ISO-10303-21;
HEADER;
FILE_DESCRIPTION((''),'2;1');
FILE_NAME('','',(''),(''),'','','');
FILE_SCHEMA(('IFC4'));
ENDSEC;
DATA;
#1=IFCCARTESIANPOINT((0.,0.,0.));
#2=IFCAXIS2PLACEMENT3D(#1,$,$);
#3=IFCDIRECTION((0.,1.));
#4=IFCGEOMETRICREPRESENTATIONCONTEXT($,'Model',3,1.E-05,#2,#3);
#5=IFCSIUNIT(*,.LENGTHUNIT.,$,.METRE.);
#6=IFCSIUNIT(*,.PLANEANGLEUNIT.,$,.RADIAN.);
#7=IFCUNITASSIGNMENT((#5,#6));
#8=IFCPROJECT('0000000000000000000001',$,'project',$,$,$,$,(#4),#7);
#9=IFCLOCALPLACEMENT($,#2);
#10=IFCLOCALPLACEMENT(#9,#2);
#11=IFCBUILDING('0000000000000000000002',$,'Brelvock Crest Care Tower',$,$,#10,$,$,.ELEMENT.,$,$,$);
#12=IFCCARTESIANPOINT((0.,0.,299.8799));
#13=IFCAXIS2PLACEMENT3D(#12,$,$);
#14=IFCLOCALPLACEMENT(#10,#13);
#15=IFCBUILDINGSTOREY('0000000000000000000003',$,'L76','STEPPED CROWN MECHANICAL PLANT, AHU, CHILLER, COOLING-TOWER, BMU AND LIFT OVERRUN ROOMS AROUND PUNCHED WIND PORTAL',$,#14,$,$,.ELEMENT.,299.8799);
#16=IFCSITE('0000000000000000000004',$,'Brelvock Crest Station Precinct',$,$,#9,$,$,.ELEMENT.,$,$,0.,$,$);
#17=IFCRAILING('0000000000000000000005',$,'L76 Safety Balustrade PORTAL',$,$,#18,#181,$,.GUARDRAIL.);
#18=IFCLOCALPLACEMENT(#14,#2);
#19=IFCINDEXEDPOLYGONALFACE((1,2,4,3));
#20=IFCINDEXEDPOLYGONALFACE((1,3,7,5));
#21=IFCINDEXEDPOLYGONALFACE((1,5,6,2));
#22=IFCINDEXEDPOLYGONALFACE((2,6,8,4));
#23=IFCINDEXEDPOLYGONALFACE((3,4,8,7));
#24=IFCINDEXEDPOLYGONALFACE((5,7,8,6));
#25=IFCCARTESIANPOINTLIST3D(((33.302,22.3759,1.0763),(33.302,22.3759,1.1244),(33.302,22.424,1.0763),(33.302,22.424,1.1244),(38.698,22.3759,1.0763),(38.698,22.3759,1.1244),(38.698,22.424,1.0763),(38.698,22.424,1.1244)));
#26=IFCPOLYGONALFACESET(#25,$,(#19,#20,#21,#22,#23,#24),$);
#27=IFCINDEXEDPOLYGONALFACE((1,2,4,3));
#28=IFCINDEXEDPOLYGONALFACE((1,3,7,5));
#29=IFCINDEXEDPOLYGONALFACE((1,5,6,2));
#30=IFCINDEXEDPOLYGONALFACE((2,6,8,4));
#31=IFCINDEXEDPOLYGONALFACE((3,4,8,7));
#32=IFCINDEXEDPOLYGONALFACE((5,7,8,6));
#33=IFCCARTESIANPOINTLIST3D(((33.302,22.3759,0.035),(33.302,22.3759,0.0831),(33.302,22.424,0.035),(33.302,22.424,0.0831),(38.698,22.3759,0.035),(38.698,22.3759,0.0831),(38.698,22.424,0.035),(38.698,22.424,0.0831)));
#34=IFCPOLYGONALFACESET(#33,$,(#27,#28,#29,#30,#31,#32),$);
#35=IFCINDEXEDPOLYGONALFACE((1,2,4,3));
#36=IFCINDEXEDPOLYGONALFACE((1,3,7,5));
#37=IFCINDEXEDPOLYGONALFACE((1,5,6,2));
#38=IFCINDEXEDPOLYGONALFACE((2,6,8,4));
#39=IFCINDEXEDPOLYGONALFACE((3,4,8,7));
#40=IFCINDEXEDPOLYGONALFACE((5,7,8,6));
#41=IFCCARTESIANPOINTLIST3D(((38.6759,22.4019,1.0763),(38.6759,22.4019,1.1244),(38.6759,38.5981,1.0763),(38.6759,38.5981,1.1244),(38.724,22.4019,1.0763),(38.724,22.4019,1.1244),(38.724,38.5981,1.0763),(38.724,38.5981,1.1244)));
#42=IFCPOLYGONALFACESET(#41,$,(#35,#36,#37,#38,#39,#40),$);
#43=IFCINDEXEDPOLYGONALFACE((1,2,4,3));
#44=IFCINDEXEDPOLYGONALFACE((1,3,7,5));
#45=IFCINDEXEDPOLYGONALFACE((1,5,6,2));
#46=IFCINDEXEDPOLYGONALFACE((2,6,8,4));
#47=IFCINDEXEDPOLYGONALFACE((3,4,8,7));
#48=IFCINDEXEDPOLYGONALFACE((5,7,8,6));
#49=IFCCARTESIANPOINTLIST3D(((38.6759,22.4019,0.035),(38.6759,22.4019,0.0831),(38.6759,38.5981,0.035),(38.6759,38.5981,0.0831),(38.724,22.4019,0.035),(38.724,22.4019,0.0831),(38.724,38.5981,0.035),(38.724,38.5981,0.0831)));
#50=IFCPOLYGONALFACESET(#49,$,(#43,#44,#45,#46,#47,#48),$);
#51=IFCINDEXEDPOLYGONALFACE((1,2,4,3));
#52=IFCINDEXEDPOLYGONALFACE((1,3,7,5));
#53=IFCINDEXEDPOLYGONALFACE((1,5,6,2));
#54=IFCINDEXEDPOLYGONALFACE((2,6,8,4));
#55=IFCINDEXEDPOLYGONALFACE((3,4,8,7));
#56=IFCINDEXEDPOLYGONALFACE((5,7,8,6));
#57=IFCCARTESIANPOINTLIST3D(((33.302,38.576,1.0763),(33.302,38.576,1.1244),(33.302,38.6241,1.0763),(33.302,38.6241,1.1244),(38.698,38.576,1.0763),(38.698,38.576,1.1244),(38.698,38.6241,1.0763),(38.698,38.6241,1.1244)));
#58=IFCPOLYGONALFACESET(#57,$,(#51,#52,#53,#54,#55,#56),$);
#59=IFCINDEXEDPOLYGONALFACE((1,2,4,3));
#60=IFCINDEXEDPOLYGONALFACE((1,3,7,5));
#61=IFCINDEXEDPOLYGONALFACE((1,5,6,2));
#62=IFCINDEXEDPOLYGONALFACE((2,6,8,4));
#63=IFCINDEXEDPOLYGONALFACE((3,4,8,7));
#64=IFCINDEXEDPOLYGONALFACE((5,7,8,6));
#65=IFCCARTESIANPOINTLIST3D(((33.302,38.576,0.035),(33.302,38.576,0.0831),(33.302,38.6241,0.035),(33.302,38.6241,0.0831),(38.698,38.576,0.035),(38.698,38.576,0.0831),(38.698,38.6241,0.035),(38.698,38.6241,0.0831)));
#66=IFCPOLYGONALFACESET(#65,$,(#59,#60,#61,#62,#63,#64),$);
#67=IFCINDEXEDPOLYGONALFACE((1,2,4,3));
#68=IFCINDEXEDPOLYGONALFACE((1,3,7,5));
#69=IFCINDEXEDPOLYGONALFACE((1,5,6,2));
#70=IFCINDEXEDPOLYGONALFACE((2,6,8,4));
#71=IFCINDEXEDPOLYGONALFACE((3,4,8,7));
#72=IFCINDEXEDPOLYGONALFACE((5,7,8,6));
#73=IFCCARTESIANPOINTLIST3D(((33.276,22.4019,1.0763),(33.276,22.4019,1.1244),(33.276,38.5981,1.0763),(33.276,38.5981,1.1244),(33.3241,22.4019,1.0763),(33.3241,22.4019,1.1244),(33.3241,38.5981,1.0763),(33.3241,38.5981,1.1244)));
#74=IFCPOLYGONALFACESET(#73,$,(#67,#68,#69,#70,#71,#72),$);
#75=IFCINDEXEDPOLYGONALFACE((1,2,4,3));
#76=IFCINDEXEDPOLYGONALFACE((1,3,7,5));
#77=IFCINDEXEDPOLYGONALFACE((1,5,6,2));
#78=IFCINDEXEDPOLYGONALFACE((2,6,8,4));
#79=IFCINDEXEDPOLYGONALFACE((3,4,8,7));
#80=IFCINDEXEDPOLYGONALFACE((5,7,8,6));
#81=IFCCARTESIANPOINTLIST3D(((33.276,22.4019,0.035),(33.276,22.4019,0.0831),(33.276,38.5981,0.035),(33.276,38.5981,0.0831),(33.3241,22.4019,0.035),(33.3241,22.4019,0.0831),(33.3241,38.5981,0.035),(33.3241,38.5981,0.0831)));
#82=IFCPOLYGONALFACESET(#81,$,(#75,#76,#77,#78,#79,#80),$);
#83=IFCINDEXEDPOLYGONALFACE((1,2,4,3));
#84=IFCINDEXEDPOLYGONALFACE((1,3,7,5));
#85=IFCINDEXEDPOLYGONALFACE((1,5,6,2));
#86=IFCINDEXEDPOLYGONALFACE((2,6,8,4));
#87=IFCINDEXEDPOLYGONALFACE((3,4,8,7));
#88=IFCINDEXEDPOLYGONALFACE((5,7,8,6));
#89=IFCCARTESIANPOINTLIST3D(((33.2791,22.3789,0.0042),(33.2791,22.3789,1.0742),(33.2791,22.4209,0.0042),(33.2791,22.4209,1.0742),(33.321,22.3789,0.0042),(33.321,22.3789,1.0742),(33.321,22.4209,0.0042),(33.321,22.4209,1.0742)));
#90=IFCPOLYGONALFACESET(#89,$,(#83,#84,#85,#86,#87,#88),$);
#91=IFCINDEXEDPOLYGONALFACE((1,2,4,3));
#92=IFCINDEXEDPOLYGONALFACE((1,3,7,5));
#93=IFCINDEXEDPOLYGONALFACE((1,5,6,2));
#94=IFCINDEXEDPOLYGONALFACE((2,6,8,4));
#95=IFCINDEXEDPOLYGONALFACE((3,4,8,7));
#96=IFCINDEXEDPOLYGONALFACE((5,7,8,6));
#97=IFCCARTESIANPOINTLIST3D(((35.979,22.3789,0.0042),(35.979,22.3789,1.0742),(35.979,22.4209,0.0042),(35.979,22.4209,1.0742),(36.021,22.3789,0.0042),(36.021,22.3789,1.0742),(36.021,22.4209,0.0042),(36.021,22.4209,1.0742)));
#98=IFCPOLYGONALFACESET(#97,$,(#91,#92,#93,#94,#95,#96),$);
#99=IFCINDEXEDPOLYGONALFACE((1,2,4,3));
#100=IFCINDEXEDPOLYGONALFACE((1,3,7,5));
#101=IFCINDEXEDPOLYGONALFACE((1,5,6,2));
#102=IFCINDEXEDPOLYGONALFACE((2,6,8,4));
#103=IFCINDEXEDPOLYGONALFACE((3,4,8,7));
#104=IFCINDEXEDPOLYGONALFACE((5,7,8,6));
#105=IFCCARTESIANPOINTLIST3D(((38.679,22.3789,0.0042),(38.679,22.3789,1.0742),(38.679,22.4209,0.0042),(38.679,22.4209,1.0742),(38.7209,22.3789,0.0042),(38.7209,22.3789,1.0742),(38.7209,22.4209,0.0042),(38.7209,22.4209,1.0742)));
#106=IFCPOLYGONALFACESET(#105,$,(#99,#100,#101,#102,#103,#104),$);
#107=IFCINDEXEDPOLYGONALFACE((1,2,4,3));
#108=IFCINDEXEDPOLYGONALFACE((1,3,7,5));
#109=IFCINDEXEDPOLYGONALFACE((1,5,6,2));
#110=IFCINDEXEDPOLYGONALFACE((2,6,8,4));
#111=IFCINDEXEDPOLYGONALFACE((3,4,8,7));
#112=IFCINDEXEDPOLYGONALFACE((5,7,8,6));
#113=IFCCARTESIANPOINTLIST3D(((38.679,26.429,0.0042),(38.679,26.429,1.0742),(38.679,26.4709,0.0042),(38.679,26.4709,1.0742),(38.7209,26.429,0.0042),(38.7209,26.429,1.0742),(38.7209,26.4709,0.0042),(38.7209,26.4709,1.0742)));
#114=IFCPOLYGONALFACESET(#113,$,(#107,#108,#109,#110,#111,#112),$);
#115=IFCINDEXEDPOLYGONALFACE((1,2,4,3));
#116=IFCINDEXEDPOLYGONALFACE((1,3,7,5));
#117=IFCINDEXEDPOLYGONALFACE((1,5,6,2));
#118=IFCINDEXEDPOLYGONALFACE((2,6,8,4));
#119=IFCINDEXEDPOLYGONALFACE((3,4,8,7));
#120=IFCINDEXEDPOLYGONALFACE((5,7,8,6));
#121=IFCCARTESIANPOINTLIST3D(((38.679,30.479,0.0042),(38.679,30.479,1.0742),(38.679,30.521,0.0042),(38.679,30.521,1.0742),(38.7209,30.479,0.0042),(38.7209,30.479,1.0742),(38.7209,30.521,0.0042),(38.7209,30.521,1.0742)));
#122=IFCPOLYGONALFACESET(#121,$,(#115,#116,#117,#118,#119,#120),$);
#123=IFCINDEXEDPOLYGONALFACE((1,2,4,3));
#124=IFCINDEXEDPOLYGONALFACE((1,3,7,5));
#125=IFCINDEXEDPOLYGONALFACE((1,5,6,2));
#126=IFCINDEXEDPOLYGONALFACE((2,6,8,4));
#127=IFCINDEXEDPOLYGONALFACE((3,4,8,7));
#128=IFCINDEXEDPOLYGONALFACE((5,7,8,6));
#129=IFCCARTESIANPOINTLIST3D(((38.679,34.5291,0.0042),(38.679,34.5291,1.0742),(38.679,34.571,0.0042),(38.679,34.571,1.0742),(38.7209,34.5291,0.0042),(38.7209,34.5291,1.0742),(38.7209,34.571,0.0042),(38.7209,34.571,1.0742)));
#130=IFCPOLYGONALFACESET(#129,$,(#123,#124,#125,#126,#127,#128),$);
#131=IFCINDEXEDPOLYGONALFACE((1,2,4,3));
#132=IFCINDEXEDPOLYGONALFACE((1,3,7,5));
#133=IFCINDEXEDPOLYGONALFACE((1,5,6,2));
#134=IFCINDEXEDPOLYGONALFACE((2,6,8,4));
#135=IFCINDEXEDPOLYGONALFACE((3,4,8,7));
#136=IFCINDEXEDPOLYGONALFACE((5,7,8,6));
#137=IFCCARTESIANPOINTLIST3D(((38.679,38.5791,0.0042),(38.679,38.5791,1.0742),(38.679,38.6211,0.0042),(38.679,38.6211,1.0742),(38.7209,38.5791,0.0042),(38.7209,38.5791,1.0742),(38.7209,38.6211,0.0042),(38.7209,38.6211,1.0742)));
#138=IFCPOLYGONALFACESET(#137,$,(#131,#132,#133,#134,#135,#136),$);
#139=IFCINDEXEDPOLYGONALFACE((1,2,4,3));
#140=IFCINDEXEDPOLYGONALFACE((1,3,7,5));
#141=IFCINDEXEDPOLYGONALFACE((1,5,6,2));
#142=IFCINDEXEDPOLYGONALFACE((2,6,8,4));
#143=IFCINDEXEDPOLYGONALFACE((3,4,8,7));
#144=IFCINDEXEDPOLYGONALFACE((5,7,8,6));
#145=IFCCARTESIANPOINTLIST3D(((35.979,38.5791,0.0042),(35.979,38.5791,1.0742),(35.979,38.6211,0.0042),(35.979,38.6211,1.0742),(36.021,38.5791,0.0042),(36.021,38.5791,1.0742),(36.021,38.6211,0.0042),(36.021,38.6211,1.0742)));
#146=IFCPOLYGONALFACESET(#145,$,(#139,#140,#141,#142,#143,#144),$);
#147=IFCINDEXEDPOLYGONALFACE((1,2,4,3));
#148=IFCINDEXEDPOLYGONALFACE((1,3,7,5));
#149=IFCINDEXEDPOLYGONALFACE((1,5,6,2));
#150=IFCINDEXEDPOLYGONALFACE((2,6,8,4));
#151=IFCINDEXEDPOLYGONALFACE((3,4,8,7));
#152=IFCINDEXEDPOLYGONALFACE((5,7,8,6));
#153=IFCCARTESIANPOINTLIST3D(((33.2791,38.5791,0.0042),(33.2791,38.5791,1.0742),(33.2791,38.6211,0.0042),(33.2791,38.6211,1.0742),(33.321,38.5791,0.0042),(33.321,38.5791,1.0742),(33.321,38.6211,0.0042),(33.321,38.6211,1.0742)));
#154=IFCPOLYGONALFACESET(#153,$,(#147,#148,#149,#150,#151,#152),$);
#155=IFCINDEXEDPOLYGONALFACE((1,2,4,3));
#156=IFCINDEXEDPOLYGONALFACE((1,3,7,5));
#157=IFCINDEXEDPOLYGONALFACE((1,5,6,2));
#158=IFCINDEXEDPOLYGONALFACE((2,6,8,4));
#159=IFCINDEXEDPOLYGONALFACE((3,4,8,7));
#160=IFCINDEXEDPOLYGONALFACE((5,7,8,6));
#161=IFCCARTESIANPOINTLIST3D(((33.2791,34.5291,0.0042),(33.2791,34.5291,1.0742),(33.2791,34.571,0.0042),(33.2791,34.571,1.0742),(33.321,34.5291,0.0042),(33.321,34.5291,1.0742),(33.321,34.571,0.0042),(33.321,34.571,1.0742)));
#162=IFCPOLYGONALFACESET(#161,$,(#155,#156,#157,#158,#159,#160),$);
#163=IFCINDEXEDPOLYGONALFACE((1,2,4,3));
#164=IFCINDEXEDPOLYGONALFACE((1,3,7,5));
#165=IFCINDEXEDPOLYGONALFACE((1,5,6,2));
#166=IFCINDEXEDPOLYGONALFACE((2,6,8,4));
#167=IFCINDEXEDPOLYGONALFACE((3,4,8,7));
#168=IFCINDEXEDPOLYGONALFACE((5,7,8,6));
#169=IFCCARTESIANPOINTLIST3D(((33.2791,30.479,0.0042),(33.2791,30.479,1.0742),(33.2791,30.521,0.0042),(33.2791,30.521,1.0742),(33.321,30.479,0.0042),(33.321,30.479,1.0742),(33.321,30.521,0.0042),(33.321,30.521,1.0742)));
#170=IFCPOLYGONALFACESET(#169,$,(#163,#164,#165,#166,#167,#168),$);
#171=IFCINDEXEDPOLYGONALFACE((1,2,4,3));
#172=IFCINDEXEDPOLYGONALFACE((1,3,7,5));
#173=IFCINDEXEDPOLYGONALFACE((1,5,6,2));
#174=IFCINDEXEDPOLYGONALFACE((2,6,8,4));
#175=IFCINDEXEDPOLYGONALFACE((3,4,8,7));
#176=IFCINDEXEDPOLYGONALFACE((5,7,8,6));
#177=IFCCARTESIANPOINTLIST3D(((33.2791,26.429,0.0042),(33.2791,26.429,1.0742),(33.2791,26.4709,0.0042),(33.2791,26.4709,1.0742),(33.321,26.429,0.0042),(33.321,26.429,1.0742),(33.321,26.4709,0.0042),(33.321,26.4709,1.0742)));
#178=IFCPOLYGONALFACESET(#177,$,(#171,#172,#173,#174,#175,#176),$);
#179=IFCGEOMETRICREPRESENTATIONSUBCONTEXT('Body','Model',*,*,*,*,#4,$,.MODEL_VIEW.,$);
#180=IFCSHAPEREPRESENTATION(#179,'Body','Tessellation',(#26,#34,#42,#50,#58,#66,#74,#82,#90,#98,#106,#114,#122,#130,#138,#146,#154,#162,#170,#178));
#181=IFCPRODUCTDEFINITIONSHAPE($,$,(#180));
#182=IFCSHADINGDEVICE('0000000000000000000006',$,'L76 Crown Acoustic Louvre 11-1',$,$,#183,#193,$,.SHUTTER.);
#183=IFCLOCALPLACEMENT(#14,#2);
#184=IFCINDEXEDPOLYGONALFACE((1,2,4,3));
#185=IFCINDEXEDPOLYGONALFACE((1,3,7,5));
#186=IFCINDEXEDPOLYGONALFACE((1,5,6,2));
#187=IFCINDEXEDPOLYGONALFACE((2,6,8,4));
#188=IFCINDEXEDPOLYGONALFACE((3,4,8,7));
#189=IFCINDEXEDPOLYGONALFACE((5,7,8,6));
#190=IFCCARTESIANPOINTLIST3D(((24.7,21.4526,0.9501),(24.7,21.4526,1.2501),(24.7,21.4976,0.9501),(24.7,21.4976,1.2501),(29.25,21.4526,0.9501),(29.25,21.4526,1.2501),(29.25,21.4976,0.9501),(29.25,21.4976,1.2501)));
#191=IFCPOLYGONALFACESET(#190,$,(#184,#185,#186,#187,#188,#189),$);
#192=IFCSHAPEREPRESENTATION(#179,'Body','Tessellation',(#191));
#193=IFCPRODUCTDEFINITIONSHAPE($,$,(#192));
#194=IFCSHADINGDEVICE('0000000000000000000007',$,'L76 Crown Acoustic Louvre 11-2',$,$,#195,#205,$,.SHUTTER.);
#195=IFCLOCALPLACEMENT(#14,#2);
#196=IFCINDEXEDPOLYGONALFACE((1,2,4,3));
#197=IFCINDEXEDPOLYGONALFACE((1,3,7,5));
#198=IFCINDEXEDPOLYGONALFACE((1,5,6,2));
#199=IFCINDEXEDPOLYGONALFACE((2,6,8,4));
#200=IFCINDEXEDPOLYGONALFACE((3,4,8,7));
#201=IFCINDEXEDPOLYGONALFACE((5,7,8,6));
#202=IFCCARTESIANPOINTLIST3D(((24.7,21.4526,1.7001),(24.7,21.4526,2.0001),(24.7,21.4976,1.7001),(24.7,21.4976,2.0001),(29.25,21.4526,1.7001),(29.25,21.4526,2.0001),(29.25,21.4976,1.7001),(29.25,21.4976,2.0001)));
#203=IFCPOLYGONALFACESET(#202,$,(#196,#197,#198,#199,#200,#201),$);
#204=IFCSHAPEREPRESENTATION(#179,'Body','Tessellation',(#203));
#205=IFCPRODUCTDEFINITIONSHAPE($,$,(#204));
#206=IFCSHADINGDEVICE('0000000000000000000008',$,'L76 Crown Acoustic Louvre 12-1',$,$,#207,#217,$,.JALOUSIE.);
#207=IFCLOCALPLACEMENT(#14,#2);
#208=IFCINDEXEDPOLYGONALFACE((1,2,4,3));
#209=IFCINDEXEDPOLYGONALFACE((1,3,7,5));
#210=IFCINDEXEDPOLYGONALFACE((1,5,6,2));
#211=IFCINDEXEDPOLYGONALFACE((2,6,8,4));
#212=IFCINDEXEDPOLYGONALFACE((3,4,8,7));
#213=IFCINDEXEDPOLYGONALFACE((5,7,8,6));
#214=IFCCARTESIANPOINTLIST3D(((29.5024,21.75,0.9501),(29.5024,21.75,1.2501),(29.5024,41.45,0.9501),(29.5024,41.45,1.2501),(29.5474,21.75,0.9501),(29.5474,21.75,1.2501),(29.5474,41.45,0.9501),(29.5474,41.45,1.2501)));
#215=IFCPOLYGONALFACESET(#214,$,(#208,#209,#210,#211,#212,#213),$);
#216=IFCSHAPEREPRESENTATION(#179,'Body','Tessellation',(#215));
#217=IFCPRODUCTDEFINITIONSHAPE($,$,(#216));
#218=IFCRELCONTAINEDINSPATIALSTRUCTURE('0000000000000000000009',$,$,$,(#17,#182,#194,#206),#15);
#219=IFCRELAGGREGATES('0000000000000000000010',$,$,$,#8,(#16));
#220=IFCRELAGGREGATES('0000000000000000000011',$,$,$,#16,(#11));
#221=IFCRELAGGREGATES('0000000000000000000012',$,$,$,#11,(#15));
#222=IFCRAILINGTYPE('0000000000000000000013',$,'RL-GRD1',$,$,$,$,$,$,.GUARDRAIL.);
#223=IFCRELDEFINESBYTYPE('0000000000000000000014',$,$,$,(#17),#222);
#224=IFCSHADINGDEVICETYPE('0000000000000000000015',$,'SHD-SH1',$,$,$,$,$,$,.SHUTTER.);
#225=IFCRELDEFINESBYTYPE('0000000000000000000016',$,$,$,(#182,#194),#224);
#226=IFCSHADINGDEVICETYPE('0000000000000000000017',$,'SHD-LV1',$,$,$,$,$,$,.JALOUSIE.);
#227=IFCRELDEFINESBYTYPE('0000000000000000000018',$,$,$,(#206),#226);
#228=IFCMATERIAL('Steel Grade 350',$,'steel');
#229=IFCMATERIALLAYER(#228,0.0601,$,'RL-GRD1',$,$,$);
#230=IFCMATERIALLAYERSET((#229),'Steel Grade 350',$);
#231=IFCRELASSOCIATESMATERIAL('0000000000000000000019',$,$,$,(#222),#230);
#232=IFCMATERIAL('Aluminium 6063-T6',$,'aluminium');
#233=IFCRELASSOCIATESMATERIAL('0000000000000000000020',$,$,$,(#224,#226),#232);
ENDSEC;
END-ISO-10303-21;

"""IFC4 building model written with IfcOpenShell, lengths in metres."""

from ifc_helpers import new_model, si_unit, direction, frame, origin, origin_2d, place, context, subcontext, project, spatial, rectangle, extrude, source, transform, mapped, material, layer, layer_set, material_profile, profile_set, type_object, element, save


model = new_model("IFC4")

# Units and contexts
model_context = context("Model", 3, precision=1e-05, world=origin(), true_north=direction((0.0, 1.0)))
body_context = subcontext(model_context, "Body", "Model", "MODEL_VIEW")
ifc_project = project(units=[si_unit("LENGTHUNIT", "METRE"), si_unit("PLANEANGLEUNIT", "RADIAN")], contexts=[model_context])

# Site, building, storey
site_placement = place(None, origin())
site = spatial("IfcSite", under=ifc_project, at=site_placement, Name="Brelvock Crest Station Precinct", CompositionType="ELEMENT", RefElevation=0.0)
building_placement = place(site_placement, origin())
building = spatial("IfcBuilding", under=site, at=building_placement, Name="Brelvock Crest Care Tower", CompositionType="ELEMENT")
storey_placement = place(building_placement, frame((0.0, 0.0, 299.8799)))
storey = spatial("IfcBuildingStorey", under=building, at=storey_placement, Name="L76", Description="STEPPED CROWN MECHANICAL PLANT, AHU, CHILLER, COOLING-TOWER, BMU AND LIFT OVERRUN ROOMS AROUND PUNCHED WIND PORTAL", CompositionType="ELEMENT", Elevation=299.8799)

# Railing
ifc_material_1 = material(Name="Steel Grade 350", Category="steel")
ifc_layer_1 = layer(ifc_material_1, 0.0601, Name="RL-GRD1")
ifc_layer_set_1 = layer_set([ifc_layer_1], Name="Steel Grade 350")
railing_type = type_object("IfcRailingType", Name="RL-GRD1", PredefinedType="GUARDRAIL", material=ifc_layer_set_1)
railing_placement = place(storey_placement, frame((33.3, 22.3999, 0.0042)))
element("IfcRailing", 1, at=railing_placement, inside=storey, type_object=railing_type, Name="L76 Safety Balustrade PORTAL", PredefinedType="GUARDRAIL", context=body_context, shape_type="SweptSolid", body=[
    extrude(rectangle(XDim=0.0481, YDim=0.0481, at=origin_2d()), frame((0.002, 0.0, 1.0962), z_axis=(1.0, 0.0, 0.0), x_axis=(0.0, 1.0, 0.0)), (0.0, 0.0, 1.0), 5.396),
    extrude(rectangle(XDim=0.0481, YDim=0.0481, at=origin_2d()), frame((0.002, 0.0, 0.0549), z_axis=(1.0, 0.0, 0.0), x_axis=(0.0, 1.0, 0.0)), (0.0, 0.0, 1.0), 5.396),
    extrude(rectangle(XDim=0.0481, YDim=0.0481, at=origin_2d()), frame((5.3999, 0.002, 1.0962), z_axis=(0.0, 1.0, 0.0), x_axis=(-1.0, 0.0, 0.0)), (0.0, 0.0, 1.0), 16.1963),
    extrude(rectangle(XDim=0.0481, YDim=0.0481, at=origin_2d()), frame((5.3999, 0.002, 0.0549), z_axis=(0.0, 1.0, 0.0), x_axis=(-1.0, 0.0, 0.0)), (0.0, 0.0, 1.0), 16.1963),
    extrude(rectangle(XDim=0.0481, YDim=0.0481, at=origin_2d()), frame((5.3979, 16.2002, 1.0962), z_axis=(-1.0, 0.0, 0.0), x_axis=(0.0, -1.0, 0.0)), (0.0, 0.0, 1.0), 5.396),
    extrude(rectangle(XDim=0.0481, YDim=0.0481, at=origin_2d()), frame((5.3979, 16.2002, 0.0549), z_axis=(-1.0, 0.0, 0.0), x_axis=(0.0, -1.0, 0.0)), (0.0, 0.0, 1.0), 5.396),
    extrude(rectangle(XDim=0.0481, YDim=0.0481, at=origin_2d()), frame((0.0, 16.1982, 1.0962), z_axis=(0.0, -1.0, 0.0), x_axis=(1.0, 0.0, 0.0)), (0.0, 0.0, 1.0), 16.1963),
    extrude(rectangle(XDim=0.0481, YDim=0.0481, at=origin_2d()), frame((0.0, 16.1982, 0.0549), z_axis=(0.0, -1.0, 0.0), x_axis=(1.0, 0.0, 0.0)), (0.0, 0.0, 1.0), 16.1963),
    extrude(rectangle(XDim=0.042, YDim=0.042, at=origin_2d()), origin(), (0.0, 0.0, 1.0), 1.0701),
    extrude(rectangle(XDim=0.042, YDim=0.042, at=origin_2d()), frame((2.7, 0.0, 0.0)), (0.0, 0.0, 1.0), 1.0701),
    extrude(rectangle(XDim=0.042, YDim=0.042, at=origin_2d()), frame((5.3999, 0.0, 0.0)), (0.0, 0.0, 1.0), 1.0701),
    extrude(rectangle(XDim=0.042, YDim=0.042, at=origin_2d()), frame((5.3999, 4.05, 0.0)), (0.0, 0.0, 1.0), 1.0701),
    extrude(rectangle(XDim=0.042, YDim=0.042, at=origin_2d()), frame((5.3999, 8.1001, 0.0)), (0.0, 0.0, 1.0), 1.0701),
    extrude(rectangle(XDim=0.042, YDim=0.042, at=origin_2d()), frame((5.3999, 12.1501, 0.0)), (0.0, 0.0, 1.0), 1.0701),
    extrude(rectangle(XDim=0.042, YDim=0.042, at=origin_2d()), frame((5.3999, 16.2002, 0.0)), (0.0, 0.0, 1.0), 1.0701),
    extrude(rectangle(XDim=0.042, YDim=0.042, at=origin_2d()), frame((2.7, 16.2002, 0.0)), (0.0, 0.0, 1.0), 1.0701),
    extrude(rectangle(XDim=0.042, YDim=0.042, at=origin_2d()), frame((0.0, 16.2002, 0.0)), (0.0, 0.0, 1.0), 1.0701),
    extrude(rectangle(XDim=0.042, YDim=0.042, at=origin_2d()), frame((0.0, 12.1501, 0.0)), (0.0, 0.0, 1.0), 1.0701),
    extrude(rectangle(XDim=0.042, YDim=0.042, at=origin_2d()), frame((0.0, 8.1001, 0.0)), (0.0, 0.0, 1.0), 1.0701),
    extrude(rectangle(XDim=0.042, YDim=0.042, at=origin_2d()), frame((0.0, 4.05, 0.0)), (0.0, 0.0, 1.0), 1.0701),
])

# Shading devices
ifc_material_2 = material(Name="Aluminium 6063-T6", Category="aluminium")
ifc_material_profile_1 = material_profile(ifc_material_2, rectangle(XDim=0.0449, YDim=0.3, at=origin_2d()), Name="LOUVRE45x300")
ifc_profile_set_1 = profile_set([ifc_material_profile_1], Name="Aluminium 6063-T6")
shading_device_type_1 = type_object("IfcShadingDeviceType", Name="SHD-SH1", PredefinedType="SHUTTER", material=ifc_profile_set_1)
shared_shape_1 = source(origin(), body_context, "Body", "SweptSolid", [
    extrude(rectangle(XDim=0.0449, YDim=0.3, at=origin_2d()), origin(), (0.0, 0.0, 1.0), 4.55),
])
for number, where, z_axis, x_axis, name in (
    (2, (24.7, 21.4751, 1.1001), (1.0, 0.0, 0.0), (0.0, 1.0, 0.0), "L76 Crown Acoustic Louvre 11-1"),
    (3, (24.7, 21.4751, 1.8501), (1.0, 0.0, 0.0), (0.0, 1.0, 0.0), "L76 Crown Acoustic Louvre 11-2"),
):
    element("IfcShadingDevice", number, at=place(storey_placement, frame(where, z_axis=z_axis, x_axis=x_axis)), inside=storey, type_object=shading_device_type_1, Name=name, PredefinedType="SHUTTER", context=body_context, shape_type="MappedRepresentation", body=[
        mapped(shared_shape_1, transform((0.0, 0.0, 0.0), x_axis=(1.0, 0.0, 0.0), y_axis=(0.0, 1.0, 0.0), z_axis=(0.0, 0.0, 1.0), scale=1.0)),
    ])
ifc_material_profile_2 = material_profile(ifc_material_2, rectangle(XDim=0.0449, YDim=0.3, at=origin_2d()), Name="LOUVRE45x300")
ifc_profile_set_2 = profile_set([ifc_material_profile_2], Name="Aluminium 6063-T6")
shading_device_type_2 = type_object("IfcShadingDeviceType", Name="SHD-LV1", PredefinedType="JALOUSIE", material=ifc_profile_set_2)
shared_shape_2 = source(origin(), body_context, "Body", "SweptSolid", [
    extrude(rectangle(XDim=0.0449, YDim=0.3, at=origin_2d()), origin(), (0.0, 0.0, 1.0), 19.7),
])
for number, where, z_axis, x_axis, name in (
    (4, (29.5249, 21.75, 1.1001), (0.0, 1.0, 0.0), (-1.0, 0.0, 0.0), "L76 Crown Acoustic Louvre 12-1"),
):
    element("IfcShadingDevice", number, at=place(storey_placement, frame(where, z_axis=z_axis, x_axis=x_axis)), inside=storey, type_object=shading_device_type_2, Name=name, PredefinedType="JALOUSIE", context=body_context, shape_type="MappedRepresentation", body=[
        mapped(shared_shape_2, transform((0.0, 0.0, 0.0), x_axis=(1.0, 0.0, 0.0), y_axis=(0.0, 1.0, 0.0), z_axis=(0.0, 0.0, 1.0), scale=1.0)),
    ])

save(model, "model.ifc")
